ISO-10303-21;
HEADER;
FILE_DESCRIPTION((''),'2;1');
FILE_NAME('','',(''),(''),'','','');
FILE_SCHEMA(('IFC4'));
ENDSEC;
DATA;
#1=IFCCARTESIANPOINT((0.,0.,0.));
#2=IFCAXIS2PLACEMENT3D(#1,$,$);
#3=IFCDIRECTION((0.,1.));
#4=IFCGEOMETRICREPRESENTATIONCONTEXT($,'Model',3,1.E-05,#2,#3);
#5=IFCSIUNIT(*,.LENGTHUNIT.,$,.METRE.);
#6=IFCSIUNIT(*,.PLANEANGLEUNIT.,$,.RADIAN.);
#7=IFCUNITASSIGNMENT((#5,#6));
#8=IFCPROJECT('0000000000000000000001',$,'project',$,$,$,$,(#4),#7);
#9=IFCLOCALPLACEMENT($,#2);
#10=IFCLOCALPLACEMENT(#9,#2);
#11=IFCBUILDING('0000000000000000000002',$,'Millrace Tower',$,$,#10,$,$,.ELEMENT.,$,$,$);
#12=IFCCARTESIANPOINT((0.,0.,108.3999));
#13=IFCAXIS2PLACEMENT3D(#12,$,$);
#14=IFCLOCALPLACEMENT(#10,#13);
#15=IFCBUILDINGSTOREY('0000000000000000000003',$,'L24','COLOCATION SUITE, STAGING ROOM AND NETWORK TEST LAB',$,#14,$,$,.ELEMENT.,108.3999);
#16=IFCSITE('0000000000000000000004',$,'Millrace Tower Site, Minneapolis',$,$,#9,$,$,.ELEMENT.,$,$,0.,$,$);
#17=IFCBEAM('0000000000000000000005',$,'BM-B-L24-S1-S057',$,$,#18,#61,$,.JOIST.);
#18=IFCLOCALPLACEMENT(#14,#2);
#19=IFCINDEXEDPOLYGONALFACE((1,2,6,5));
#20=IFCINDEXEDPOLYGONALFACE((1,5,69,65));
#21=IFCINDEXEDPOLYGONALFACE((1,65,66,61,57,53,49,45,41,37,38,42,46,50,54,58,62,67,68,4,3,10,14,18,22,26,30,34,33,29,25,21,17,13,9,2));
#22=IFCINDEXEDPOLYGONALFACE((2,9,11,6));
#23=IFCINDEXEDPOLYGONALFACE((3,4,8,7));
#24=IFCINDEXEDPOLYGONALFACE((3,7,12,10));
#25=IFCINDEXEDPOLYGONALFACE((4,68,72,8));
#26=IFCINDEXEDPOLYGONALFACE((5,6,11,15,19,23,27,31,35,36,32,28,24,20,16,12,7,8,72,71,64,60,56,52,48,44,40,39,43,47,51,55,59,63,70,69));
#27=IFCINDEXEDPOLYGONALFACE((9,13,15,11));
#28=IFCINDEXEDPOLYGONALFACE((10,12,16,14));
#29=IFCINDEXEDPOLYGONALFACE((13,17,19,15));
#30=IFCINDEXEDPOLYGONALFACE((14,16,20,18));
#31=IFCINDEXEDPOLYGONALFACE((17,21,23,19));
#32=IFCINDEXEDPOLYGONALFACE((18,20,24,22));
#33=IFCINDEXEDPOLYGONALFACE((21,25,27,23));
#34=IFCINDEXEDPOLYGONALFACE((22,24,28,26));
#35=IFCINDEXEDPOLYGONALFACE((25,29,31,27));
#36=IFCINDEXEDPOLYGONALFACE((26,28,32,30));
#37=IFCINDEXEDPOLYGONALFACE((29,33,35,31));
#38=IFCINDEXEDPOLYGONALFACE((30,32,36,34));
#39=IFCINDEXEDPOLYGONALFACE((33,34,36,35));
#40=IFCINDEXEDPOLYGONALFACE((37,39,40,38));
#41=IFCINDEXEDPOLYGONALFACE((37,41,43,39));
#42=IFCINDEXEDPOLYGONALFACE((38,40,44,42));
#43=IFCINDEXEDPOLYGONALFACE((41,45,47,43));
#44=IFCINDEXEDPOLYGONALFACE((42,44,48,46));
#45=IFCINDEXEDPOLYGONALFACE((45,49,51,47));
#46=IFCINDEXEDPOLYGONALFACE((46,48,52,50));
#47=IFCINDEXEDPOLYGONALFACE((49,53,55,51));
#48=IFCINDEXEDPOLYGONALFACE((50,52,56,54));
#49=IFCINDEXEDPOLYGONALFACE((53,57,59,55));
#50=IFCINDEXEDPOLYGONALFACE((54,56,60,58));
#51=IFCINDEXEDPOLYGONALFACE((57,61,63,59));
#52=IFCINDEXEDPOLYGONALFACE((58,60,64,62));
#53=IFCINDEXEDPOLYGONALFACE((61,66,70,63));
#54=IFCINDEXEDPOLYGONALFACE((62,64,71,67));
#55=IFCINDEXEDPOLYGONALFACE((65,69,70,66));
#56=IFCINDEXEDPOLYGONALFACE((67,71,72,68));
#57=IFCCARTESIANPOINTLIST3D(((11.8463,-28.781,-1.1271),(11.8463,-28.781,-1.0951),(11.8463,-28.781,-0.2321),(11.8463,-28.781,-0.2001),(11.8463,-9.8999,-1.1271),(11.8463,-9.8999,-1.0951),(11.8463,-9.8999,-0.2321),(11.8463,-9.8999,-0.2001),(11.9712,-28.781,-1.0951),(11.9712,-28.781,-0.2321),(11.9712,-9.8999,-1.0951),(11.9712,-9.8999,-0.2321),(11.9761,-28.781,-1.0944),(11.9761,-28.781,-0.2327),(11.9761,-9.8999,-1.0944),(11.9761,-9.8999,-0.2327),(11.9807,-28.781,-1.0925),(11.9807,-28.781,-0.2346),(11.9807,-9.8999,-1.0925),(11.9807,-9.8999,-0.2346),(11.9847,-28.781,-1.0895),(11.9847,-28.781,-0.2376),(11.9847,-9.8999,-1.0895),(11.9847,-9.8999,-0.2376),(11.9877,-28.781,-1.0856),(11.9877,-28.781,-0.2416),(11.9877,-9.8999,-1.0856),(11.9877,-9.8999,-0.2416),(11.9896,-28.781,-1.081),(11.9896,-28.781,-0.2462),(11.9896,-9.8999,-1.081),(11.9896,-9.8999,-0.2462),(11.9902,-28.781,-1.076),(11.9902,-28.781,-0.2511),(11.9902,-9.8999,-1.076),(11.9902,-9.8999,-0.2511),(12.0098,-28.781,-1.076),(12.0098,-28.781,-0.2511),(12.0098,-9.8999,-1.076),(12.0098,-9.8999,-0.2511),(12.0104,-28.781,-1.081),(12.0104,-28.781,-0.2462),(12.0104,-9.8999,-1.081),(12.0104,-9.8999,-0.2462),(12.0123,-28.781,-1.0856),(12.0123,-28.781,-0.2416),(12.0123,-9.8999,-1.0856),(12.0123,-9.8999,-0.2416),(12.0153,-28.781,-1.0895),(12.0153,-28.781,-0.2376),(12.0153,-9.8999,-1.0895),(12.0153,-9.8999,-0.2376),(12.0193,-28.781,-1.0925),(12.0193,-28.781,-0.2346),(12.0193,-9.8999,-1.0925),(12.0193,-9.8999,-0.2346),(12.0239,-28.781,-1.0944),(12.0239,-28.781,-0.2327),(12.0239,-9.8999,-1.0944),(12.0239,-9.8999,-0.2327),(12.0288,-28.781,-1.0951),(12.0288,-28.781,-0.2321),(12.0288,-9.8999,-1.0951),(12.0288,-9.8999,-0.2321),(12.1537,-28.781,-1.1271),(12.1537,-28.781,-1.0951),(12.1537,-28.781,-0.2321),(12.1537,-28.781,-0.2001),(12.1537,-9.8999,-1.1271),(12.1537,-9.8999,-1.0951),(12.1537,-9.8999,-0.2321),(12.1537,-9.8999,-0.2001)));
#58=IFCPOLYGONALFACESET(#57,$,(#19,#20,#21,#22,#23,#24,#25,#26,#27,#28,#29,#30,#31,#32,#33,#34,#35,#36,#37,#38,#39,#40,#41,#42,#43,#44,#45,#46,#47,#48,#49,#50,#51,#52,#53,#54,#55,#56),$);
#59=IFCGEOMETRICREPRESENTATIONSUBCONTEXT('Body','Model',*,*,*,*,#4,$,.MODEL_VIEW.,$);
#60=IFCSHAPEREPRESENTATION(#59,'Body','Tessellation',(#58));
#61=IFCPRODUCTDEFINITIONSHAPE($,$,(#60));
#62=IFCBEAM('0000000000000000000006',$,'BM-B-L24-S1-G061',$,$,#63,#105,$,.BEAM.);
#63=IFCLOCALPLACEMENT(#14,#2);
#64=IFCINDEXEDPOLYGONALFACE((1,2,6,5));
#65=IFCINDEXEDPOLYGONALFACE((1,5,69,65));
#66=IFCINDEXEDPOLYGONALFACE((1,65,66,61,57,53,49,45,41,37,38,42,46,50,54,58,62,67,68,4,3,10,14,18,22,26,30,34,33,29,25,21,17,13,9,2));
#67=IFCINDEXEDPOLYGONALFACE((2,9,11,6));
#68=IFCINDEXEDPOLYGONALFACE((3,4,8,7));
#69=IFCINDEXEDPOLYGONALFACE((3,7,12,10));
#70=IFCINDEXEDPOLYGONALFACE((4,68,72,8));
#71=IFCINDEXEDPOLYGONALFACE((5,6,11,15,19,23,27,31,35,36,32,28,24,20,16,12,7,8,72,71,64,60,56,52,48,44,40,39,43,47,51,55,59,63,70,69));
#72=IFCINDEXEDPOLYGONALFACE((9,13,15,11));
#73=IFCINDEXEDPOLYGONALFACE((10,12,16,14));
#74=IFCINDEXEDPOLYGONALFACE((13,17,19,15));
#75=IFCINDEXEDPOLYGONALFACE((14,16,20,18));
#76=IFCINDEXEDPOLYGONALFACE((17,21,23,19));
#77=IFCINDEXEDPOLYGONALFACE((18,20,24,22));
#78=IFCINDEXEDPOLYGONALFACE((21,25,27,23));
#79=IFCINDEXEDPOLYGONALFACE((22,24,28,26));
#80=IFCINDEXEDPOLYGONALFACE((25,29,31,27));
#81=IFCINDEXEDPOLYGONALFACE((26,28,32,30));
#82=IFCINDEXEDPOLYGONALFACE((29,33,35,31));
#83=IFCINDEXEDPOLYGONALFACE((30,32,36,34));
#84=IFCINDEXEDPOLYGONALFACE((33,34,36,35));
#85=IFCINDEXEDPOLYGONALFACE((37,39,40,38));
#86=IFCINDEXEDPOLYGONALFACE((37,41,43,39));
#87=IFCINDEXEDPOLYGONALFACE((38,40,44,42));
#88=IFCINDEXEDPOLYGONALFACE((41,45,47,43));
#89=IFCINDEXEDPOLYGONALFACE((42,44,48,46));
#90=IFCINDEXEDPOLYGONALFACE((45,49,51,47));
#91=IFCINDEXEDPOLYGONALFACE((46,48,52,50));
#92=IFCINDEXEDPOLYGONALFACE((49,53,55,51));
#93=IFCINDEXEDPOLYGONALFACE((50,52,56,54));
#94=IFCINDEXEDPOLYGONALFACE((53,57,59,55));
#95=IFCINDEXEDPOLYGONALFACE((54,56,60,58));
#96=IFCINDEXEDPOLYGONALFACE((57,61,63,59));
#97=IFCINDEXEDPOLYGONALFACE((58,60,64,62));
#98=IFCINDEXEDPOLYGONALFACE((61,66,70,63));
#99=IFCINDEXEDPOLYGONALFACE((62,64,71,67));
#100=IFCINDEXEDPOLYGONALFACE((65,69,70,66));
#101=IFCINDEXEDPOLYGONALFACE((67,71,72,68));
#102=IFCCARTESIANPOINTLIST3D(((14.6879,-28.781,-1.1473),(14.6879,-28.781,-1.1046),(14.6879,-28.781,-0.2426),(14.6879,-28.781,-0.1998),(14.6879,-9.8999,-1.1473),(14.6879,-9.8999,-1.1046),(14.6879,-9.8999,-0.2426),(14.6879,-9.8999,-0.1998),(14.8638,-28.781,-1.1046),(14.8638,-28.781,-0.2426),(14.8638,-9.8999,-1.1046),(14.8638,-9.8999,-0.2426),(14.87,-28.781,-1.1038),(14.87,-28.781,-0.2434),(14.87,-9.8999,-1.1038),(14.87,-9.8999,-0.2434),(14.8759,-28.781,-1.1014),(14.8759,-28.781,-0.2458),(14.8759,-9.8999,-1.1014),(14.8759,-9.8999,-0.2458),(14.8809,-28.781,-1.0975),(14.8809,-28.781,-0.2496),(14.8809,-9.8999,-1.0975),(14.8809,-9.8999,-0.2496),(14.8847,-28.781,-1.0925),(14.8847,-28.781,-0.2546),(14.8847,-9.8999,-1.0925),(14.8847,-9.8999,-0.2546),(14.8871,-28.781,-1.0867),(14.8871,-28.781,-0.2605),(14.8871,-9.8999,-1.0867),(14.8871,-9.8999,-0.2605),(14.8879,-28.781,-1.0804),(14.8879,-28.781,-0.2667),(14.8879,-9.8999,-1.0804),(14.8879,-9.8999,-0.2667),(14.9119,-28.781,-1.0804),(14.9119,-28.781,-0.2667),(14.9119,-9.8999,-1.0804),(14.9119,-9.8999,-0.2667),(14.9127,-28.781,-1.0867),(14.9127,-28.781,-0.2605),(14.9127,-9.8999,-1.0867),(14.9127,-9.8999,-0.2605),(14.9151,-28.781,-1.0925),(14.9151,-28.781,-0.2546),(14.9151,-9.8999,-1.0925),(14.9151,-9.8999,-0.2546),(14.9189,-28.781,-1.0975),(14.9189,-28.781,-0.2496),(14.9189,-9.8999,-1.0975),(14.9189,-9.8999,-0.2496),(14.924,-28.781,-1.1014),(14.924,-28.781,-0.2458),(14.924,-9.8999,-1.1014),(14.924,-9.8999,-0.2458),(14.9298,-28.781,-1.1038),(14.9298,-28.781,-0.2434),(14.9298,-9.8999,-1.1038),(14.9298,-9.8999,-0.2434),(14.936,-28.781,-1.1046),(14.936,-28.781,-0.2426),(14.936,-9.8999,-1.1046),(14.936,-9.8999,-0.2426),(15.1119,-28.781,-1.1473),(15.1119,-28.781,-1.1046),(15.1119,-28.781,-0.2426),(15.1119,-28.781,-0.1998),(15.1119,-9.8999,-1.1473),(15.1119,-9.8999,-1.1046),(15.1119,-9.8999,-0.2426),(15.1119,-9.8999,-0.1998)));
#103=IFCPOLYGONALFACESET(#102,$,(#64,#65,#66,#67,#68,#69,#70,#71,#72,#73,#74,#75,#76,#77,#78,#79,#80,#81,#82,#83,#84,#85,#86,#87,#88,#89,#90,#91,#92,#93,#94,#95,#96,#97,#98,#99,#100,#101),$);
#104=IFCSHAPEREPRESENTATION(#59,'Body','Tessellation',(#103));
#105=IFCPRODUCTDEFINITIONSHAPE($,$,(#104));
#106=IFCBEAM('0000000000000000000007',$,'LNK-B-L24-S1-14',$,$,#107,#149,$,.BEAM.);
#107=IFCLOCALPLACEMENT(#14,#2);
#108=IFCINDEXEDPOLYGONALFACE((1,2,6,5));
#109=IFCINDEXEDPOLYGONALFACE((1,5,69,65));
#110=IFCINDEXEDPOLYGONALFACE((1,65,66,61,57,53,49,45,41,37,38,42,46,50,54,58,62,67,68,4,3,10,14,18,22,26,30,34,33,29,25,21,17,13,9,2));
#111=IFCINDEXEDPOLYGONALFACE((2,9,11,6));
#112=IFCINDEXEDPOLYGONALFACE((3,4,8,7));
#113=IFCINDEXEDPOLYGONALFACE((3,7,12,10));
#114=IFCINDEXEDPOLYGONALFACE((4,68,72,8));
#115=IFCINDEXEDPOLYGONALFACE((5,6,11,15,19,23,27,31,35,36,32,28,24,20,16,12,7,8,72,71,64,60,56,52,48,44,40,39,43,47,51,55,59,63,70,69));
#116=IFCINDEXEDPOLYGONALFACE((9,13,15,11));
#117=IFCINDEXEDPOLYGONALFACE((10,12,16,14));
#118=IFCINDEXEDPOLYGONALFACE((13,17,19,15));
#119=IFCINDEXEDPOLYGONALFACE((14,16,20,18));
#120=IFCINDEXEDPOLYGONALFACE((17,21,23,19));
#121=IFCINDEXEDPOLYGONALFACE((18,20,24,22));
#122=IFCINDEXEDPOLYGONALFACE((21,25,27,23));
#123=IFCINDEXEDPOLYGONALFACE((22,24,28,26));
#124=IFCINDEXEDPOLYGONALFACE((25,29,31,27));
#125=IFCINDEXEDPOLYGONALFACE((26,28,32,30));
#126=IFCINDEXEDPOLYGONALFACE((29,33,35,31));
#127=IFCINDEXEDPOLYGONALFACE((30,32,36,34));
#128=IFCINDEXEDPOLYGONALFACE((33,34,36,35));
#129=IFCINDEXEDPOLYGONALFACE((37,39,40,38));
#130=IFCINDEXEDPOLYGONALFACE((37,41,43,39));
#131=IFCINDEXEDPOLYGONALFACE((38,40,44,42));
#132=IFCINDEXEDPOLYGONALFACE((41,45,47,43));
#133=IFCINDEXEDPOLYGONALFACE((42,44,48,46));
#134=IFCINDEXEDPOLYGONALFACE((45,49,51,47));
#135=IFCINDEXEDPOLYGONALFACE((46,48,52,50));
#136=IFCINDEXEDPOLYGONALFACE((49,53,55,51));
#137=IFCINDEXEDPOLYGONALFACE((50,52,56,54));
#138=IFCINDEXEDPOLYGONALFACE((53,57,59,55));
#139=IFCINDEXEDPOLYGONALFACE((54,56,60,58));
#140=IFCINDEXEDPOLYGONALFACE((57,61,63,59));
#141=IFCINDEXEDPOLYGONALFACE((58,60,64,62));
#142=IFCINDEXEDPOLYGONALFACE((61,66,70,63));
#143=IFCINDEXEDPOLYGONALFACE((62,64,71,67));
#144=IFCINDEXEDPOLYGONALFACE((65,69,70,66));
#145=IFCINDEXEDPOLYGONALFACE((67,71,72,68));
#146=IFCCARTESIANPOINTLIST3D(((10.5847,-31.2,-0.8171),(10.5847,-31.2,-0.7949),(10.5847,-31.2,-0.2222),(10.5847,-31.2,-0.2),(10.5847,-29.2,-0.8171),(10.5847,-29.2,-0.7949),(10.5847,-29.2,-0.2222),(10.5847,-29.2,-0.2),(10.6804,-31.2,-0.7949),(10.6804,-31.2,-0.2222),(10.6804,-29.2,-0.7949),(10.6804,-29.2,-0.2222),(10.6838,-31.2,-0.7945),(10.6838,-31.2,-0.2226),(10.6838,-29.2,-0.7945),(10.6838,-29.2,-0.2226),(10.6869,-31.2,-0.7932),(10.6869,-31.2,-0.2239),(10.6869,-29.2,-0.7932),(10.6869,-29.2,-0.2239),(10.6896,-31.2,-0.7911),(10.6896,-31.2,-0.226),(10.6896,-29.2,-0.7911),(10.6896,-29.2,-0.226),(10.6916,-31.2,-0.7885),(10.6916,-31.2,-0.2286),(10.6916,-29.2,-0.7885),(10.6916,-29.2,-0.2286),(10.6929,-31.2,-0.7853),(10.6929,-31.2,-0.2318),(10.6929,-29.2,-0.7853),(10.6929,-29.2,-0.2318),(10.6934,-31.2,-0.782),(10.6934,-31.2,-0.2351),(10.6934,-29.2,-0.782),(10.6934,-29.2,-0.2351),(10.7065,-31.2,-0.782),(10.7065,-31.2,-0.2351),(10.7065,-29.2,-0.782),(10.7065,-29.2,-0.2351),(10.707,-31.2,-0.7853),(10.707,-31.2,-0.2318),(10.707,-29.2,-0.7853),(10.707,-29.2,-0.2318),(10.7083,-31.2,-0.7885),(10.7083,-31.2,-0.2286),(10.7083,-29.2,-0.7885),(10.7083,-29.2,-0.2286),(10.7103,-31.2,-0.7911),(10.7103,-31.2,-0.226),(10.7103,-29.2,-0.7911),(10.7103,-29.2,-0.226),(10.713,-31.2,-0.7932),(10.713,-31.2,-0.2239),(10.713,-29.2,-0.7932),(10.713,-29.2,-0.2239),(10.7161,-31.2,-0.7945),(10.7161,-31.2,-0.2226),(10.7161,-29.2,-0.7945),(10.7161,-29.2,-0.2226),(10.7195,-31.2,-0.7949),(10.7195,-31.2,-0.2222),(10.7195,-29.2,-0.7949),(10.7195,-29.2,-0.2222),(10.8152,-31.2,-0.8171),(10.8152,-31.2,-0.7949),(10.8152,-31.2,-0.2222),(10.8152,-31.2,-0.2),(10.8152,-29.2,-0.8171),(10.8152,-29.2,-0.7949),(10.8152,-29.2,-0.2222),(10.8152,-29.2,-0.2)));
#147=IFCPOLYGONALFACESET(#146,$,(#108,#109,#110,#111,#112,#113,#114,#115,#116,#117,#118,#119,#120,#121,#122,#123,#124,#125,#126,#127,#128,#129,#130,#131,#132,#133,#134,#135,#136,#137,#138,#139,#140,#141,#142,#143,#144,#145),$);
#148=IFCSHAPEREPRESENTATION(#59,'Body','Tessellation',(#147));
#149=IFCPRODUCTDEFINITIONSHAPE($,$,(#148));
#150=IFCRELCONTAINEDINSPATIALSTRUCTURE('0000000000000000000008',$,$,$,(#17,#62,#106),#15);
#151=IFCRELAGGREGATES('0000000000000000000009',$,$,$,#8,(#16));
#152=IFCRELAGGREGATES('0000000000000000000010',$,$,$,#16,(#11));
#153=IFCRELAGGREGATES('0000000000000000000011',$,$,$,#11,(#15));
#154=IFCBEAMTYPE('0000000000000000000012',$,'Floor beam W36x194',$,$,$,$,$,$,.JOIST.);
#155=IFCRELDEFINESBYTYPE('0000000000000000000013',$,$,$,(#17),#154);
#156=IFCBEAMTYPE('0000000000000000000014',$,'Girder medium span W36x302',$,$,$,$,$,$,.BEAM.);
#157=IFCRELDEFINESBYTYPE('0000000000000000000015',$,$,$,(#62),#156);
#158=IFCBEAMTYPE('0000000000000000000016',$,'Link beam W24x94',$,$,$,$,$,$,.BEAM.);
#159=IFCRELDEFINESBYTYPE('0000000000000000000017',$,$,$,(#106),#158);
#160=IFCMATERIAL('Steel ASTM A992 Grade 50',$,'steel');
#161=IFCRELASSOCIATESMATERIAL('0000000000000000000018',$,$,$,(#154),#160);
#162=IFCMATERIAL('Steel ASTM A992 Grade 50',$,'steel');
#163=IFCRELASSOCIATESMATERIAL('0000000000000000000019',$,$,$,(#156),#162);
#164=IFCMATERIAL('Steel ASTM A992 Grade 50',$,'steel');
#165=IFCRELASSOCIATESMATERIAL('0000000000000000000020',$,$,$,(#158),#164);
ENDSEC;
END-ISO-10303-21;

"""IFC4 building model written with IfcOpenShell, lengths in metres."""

from ifc_helpers import new_model, si_unit, direction, frame, origin, origin_2d, place, context, subcontext, project, spatial, i_section, extrude, material, material_profile, profile_set, type_object, element, save


model = new_model("IFC4")

# Units and contexts
model_context = context("Model", 3, precision=1e-05, world=origin(), true_north=direction((0.0, 1.0)))
body_context = subcontext(model_context, "Body", "Model", "MODEL_VIEW")
ifc_project = project(units=[si_unit("LENGTHUNIT", "METRE"), si_unit("PLANEANGLEUNIT", "RADIAN")], contexts=[model_context])

# Site, building, storey
site_placement = place(None, origin())
site = spatial("IfcSite", under=ifc_project, at=site_placement, Name="Millrace Tower Site, Minneapolis", CompositionType="ELEMENT", RefElevation=0.0)
building_placement = place(site_placement, origin())
building = spatial("IfcBuilding", under=site, at=building_placement, Name="Millrace Tower", CompositionType="ELEMENT")
storey_placement = place(building_placement, frame((0.0, 0.0, 108.3999)))
storey = spatial("IfcBuildingStorey", under=building, at=storey_placement, Name="L24", Description="COLOCATION SUITE, STAGING ROOM AND NETWORK TEST LAB", CompositionType="ELEMENT", Elevation=108.3999)

# Beams
ifc_material_1 = material(Name="Steel ASTM A992 Grade 50", Category="steel")
ifc_material_profile_1 = material_profile(ifc_material_1, i_section(OverallWidth=0.3074, OverallDepth=0.927, WebThickness=0.0195, FlangeThickness=0.032, FilletRadius=0.019, at=origin_2d()))
ifc_profile_set_1 = profile_set([ifc_material_profile_1], Name="Steel ASTM A992 Grade 50")
beam_type_1 = type_object("IfcBeamType", Name="Floor beam W36x194", PredefinedType="JOIST", material=ifc_profile_set_1)
for number, where, z_axis, x_axis, name in (
    (1, (12.0, -28.781, -0.6636), (0.0, 1.0, 0.0), (-1.0, 0.0, 0.0), "BM-B-L24-S1-S057"),
):
    element("IfcBeam", number, at=place(storey_placement, frame(where, z_axis=z_axis, x_axis=x_axis)), inside=storey, type_object=beam_type_1, Name=name, PredefinedType="JOIST", context=body_context, shape_type="SweptSolid", body=[
        extrude(i_section(OverallWidth=0.3074, OverallDepth=0.927, WebThickness=0.0195, FlangeThickness=0.032, FilletRadius=0.019, at=origin_2d()), origin(), (0.0, 0.0, 1.0), 18.8811),
    ])
ifc_material_2 = material(Name="Steel ASTM A992 Grade 50", Category="steel")
ifc_material_profile_2 = material_profile(ifc_material_2, i_section(OverallWidth=0.4241, OverallDepth=0.9475, WebThickness=0.0239, FlangeThickness=0.0427, FilletRadius=0.0242, at=origin_2d()))
ifc_profile_set_2 = profile_set([ifc_material_profile_2], Name="Steel ASTM A992 Grade 50")
beam_type_2 = type_object("IfcBeamType", Name="Girder medium span W36x302", PredefinedType="BEAM", material=ifc_profile_set_2)
beam_1_placement = place(storey_placement, frame((14.8999, -28.781, -0.6736), z_axis=(0.0, 1.0, 0.0), x_axis=(-1.0, 0.0, 0.0)))
element("IfcBeam", 2, at=beam_1_placement, inside=storey, type_object=beam_type_2, Name="BM-B-L24-S1-G061", PredefinedType="BEAM", context=body_context, shape_type="SweptSolid", body=[
    extrude(i_section(OverallWidth=0.4241, OverallDepth=0.9475, WebThickness=0.0239, FlangeThickness=0.0427, FilletRadius=0.0242, at=origin_2d()), origin(), (0.0, 0.0, 1.0), 18.8811),
])
ifc_material_3 = material(Name="Steel ASTM A992 Grade 50", Category="steel")
ifc_material_profile_3 = material_profile(ifc_material_3, i_section(OverallWidth=0.2305, OverallDepth=0.6172, WebThickness=0.0132, FlangeThickness=0.0222, FilletRadius=0.0129, at=origin_2d()))
ifc_profile_set_3 = profile_set([ifc_material_profile_3], Name="Steel ASTM A992 Grade 50")
beam_type_3 = type_object("IfcBeamType", Name="Link beam W24x94", PredefinedType="BEAM", material=ifc_profile_set_3)
beam_2_placement = place(storey_placement, frame((10.7, -29.2, -0.5085), z_axis=(0.0, -1.0, 0.0), x_axis=(1.0, 0.0, 0.0)))
element("IfcBeam", 3, at=beam_2_placement, inside=storey, type_object=beam_type_3, Name="LNK-B-L24-S1-14", PredefinedType="BEAM", context=body_context, shape_type="SweptSolid", body=[
    extrude(i_section(OverallWidth=0.2305, OverallDepth=0.6172, WebThickness=0.0132, FlangeThickness=0.0222, FilletRadius=0.0129, at=origin_2d()), origin(), (0.0, 0.0, 1.0), 2.0),
])

save(model, "model.ifc")
